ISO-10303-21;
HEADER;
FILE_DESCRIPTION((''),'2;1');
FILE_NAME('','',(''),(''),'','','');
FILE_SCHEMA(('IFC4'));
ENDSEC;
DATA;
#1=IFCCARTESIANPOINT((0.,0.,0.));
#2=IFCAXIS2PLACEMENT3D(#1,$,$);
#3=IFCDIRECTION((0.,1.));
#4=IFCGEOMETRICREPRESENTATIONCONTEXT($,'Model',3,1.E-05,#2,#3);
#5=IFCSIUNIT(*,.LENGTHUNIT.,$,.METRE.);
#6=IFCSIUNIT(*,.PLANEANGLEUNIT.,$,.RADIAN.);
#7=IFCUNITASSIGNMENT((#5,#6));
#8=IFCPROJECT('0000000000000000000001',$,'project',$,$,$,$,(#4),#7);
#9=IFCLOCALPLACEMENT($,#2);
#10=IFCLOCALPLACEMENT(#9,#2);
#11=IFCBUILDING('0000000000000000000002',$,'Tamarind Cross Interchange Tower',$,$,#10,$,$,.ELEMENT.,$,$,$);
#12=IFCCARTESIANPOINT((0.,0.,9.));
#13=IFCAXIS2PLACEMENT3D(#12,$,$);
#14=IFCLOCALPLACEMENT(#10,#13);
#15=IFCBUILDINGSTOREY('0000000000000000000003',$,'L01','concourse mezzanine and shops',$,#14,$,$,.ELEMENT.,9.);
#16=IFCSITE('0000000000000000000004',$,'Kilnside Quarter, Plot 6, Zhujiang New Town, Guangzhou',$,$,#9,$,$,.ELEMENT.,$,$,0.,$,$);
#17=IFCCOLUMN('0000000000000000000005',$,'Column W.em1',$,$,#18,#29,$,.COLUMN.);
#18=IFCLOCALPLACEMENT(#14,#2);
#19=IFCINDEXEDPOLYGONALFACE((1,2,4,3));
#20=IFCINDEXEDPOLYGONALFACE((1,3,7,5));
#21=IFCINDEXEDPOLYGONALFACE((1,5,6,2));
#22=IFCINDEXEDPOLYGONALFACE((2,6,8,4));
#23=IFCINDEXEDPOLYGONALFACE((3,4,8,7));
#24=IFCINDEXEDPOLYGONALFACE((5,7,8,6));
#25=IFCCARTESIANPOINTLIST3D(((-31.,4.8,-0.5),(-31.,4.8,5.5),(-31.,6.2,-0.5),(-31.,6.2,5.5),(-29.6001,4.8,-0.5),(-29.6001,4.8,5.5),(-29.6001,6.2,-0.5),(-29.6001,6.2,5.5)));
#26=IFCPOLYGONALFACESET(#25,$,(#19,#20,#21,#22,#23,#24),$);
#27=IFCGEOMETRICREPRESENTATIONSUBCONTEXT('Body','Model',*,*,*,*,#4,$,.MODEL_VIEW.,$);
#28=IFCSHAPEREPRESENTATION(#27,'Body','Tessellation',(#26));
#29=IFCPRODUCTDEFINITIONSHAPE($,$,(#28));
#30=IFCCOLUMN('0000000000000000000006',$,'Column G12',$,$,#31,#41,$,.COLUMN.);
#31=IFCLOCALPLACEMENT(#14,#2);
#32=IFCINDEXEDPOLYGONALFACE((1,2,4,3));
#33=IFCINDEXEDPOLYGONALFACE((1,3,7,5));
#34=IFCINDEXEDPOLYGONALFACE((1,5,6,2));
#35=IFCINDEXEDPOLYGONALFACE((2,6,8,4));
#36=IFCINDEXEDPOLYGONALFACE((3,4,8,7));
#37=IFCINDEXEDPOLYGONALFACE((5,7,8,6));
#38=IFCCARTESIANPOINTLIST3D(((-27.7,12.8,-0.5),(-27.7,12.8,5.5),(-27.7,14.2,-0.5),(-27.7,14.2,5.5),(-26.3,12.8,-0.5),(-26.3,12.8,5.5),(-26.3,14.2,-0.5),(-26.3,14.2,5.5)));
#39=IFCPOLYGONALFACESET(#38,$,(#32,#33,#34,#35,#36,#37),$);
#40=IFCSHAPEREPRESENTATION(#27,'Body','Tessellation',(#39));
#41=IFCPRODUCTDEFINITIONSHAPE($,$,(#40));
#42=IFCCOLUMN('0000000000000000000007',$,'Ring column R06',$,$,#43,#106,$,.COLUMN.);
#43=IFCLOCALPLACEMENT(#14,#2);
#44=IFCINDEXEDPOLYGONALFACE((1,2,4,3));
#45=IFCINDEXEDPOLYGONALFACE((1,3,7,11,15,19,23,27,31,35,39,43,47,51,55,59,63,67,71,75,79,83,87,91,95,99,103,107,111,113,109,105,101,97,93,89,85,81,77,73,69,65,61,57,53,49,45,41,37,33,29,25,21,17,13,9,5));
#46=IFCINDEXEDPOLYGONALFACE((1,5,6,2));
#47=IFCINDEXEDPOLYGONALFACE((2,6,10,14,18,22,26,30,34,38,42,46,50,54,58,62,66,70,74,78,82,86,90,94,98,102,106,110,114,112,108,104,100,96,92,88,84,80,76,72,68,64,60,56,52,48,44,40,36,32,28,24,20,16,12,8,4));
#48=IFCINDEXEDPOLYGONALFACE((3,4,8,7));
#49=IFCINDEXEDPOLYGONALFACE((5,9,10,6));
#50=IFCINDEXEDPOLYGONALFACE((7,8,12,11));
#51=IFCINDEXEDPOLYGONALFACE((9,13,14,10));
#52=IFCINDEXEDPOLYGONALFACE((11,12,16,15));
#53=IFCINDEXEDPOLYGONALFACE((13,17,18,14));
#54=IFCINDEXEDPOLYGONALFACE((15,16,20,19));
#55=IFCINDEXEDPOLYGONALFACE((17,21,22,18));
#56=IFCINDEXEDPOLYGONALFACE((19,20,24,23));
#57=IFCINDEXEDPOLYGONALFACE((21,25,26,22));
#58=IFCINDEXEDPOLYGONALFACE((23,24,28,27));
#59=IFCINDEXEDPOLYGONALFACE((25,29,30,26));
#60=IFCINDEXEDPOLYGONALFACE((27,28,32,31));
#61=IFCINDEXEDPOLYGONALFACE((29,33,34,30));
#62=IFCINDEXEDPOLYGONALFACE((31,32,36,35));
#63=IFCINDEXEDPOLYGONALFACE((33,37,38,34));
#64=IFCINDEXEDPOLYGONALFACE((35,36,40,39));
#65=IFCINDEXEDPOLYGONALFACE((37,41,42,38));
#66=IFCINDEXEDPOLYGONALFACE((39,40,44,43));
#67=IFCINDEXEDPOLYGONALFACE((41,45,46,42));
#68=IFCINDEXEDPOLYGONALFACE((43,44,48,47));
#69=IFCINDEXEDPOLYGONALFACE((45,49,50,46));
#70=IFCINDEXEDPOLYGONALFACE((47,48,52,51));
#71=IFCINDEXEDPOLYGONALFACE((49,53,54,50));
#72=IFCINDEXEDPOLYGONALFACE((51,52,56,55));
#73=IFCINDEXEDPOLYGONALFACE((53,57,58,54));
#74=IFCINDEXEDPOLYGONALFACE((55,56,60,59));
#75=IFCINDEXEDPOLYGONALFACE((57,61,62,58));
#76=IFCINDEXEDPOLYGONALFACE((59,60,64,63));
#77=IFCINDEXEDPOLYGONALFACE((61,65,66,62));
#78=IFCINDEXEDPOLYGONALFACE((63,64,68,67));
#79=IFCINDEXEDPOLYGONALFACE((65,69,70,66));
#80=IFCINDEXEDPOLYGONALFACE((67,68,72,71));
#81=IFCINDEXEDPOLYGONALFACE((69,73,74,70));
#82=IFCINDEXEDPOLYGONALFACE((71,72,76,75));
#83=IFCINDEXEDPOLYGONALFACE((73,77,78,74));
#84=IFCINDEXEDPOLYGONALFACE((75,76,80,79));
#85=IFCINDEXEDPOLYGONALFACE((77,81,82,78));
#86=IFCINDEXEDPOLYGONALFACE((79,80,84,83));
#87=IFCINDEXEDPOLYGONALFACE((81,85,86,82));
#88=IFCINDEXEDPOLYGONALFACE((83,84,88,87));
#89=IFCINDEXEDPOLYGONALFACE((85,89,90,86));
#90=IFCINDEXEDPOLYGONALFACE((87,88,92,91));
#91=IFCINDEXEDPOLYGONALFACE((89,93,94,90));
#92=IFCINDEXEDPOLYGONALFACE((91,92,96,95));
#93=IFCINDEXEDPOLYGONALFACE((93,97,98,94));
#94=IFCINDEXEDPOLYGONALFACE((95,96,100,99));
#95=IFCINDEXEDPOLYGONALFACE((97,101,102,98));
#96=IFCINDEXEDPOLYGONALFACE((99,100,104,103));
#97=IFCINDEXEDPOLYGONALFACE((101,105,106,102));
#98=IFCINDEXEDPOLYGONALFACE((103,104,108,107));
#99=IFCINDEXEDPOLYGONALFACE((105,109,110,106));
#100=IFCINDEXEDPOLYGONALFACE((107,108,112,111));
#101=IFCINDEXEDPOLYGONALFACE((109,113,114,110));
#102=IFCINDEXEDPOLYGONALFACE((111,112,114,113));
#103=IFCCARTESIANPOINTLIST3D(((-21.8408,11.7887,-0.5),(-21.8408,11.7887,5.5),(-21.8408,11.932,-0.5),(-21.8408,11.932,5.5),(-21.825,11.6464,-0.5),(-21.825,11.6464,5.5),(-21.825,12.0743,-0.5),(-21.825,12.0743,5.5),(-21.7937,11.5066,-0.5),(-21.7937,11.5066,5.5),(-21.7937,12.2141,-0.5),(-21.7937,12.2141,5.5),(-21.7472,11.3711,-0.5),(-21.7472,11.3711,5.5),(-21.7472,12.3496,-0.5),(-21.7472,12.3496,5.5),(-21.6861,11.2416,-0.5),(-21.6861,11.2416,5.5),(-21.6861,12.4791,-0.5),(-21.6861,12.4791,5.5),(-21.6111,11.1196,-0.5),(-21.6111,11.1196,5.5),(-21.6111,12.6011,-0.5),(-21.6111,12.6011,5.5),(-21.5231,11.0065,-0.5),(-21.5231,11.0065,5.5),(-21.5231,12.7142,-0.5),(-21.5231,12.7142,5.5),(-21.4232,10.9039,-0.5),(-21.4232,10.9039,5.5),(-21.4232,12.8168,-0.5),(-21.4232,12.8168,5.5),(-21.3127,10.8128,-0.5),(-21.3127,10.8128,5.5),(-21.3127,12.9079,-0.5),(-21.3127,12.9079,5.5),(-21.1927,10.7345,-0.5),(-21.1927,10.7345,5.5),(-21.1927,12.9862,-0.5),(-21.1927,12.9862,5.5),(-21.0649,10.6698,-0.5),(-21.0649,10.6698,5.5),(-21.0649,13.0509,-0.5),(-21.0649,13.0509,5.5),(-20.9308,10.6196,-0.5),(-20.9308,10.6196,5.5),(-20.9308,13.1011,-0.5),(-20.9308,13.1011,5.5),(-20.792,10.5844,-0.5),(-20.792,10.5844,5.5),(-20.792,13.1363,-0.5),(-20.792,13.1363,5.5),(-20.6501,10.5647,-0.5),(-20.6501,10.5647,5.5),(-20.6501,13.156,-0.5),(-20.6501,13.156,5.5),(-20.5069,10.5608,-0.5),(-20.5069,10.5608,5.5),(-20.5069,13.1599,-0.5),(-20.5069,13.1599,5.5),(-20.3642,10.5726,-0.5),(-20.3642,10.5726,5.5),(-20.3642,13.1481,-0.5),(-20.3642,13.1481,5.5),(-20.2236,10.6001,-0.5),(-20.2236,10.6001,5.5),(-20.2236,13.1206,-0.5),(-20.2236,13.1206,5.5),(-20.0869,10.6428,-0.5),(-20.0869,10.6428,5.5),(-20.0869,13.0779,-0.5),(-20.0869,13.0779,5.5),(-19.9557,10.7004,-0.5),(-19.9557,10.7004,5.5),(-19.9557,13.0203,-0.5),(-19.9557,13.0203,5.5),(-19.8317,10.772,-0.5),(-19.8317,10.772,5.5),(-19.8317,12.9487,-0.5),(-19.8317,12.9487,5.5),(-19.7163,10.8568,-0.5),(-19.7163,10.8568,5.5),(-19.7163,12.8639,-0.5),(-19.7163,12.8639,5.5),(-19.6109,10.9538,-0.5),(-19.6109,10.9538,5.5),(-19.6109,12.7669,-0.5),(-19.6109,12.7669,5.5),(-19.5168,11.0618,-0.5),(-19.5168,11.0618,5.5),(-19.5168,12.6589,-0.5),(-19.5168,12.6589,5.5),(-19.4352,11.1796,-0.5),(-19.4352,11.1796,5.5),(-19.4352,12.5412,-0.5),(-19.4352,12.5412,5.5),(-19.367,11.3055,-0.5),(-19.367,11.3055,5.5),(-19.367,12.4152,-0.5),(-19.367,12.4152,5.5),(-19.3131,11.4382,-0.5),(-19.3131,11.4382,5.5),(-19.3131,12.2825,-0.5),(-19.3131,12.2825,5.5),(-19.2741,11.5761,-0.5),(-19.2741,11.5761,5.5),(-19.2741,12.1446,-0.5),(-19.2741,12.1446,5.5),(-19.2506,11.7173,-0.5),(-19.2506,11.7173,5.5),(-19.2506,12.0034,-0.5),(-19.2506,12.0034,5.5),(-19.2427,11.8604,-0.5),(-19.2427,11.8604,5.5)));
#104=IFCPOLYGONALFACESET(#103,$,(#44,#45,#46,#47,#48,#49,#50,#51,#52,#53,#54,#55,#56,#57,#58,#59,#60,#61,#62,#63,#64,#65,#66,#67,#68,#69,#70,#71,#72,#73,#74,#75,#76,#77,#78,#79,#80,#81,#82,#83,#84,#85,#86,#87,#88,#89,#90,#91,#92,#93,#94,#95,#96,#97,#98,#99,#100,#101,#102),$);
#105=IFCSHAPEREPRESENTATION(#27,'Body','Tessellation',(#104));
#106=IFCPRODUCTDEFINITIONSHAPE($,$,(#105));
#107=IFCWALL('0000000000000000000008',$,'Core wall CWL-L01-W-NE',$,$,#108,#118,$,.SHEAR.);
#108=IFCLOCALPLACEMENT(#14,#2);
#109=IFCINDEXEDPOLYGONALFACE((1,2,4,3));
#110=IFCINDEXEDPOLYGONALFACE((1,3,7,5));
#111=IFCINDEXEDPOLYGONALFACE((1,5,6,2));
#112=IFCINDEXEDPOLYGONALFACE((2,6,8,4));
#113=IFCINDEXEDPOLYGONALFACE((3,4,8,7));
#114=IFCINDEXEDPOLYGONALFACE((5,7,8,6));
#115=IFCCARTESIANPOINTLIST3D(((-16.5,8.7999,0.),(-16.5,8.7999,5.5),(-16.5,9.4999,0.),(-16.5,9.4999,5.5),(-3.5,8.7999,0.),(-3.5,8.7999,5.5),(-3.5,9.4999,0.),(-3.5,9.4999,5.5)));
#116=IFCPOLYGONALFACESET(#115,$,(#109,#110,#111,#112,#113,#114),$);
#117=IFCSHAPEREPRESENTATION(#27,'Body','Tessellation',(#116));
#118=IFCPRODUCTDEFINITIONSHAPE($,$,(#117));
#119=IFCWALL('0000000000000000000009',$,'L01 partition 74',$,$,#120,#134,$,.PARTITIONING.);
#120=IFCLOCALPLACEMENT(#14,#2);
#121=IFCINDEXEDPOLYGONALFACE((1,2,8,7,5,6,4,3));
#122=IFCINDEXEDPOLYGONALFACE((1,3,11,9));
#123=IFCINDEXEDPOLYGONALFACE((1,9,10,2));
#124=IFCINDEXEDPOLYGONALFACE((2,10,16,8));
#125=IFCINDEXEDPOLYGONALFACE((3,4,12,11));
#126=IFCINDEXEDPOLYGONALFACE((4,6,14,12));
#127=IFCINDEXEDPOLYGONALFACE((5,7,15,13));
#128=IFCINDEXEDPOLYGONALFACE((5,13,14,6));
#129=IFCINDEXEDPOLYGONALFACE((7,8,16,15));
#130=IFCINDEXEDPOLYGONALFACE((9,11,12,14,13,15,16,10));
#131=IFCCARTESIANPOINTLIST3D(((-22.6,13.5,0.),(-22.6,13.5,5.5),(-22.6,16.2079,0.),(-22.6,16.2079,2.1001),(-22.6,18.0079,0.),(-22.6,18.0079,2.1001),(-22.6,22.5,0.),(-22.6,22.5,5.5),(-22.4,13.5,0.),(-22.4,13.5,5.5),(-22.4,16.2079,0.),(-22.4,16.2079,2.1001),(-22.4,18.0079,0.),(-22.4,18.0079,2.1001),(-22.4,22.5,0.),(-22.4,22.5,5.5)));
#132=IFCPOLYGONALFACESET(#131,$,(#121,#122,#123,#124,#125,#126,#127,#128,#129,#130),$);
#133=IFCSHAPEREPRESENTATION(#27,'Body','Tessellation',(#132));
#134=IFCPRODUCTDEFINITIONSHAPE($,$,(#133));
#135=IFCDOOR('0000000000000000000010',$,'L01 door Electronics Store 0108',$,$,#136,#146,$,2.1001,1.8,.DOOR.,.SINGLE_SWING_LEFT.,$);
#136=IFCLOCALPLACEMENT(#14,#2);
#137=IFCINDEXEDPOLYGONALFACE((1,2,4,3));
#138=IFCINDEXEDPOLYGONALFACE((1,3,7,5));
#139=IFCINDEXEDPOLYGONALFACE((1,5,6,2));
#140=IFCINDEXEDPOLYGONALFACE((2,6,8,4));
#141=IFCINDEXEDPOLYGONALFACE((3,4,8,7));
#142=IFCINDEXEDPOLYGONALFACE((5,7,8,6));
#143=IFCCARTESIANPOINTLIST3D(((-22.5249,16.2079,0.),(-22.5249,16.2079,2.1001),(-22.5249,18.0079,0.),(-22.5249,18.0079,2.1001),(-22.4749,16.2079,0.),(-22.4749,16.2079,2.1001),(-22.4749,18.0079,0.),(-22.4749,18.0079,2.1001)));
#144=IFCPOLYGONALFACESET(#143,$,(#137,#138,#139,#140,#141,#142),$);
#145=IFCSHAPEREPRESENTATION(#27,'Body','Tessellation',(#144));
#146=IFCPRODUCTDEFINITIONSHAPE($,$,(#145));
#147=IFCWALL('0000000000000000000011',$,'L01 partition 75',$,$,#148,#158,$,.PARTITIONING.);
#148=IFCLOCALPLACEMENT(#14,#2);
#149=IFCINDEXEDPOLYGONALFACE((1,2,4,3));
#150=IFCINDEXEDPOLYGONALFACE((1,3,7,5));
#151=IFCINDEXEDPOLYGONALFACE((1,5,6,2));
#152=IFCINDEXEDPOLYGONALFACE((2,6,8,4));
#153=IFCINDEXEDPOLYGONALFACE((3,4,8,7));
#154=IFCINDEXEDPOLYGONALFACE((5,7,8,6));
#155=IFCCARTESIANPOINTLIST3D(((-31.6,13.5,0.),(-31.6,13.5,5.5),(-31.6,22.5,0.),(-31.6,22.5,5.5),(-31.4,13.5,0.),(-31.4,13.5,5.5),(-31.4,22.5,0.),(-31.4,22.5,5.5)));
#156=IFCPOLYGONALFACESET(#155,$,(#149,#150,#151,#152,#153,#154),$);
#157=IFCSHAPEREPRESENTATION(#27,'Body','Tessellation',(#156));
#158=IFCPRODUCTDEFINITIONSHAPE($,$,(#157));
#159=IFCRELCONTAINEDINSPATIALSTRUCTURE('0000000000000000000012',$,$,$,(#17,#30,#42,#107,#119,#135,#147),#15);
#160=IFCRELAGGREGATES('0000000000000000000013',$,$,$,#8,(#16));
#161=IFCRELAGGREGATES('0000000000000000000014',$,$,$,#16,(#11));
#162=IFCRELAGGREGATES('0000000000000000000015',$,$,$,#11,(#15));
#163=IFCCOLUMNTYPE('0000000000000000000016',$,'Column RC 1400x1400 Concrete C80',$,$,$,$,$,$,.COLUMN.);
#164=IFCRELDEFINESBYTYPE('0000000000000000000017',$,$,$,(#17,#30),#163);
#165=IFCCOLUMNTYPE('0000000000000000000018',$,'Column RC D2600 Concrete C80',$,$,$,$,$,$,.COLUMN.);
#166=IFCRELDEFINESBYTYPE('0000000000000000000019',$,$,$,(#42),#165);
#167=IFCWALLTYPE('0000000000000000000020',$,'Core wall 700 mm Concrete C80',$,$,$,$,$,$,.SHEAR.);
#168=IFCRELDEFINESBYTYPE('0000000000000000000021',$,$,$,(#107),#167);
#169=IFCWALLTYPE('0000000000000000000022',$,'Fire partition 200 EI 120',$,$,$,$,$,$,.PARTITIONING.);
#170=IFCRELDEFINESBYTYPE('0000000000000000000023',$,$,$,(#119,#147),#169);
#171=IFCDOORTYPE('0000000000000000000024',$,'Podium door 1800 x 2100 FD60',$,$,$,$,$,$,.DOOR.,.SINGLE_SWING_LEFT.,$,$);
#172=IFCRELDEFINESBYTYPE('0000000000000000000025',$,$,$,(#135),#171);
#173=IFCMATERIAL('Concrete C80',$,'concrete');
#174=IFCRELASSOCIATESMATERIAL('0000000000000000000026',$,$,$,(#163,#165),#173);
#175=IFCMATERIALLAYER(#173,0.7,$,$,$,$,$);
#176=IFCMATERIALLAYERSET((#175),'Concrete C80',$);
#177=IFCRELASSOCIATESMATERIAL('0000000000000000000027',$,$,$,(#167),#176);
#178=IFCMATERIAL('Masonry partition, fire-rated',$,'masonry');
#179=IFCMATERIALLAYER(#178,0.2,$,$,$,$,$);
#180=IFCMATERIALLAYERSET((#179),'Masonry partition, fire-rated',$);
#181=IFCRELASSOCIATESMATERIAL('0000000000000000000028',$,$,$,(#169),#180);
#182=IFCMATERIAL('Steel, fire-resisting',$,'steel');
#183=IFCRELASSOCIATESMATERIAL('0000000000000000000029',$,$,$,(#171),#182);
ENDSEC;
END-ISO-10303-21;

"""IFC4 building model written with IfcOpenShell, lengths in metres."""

from ifc_helpers import new_model, si_unit, direction, frame, frame_2d, origin, origin_2d, place, context, subcontext, project, spatial, rectangle, circle, extrude, material, layer, layer_set, material_profile, profile_set, type_object, element, fill, save


model = new_model("IFC4")

# Units and contexts
model_context = context("Model", 3, precision=1e-05, world=origin(), true_north=direction((0.0, 1.0)))
body_context = subcontext(model_context, "Body", "Model", "MODEL_VIEW")
ifc_project = project(units=[si_unit("LENGTHUNIT", "METRE"), si_unit("PLANEANGLEUNIT", "RADIAN")], contexts=[model_context])

# Site, building, storey
site_placement = place(None, origin())
site = spatial("IfcSite", under=ifc_project, at=site_placement, Name="Kilnside Quarter, Plot 6, Zhujiang New Town, Guangzhou", CompositionType="ELEMENT", RefElevation=0.0)
building_placement = place(site_placement, origin())
building = spatial("IfcBuilding", under=site, at=building_placement, Name="Tamarind Cross Interchange Tower", CompositionType="ELEMENT")
storey_placement = place(building_placement, frame((0.0, 0.0, 9.0)))
storey = spatial("IfcBuildingStorey", under=building, at=storey_placement, Name="L01", Description="concourse mezzanine and shops", CompositionType="ELEMENT", Elevation=9.0)

# Columns
ifc_material_1 = material(Name="Concrete C80", Category="concrete")
ifc_material_profile_1 = material_profile(ifc_material_1, rectangle(XDim=1.3999, YDim=1.3999, at=origin_2d()), Name="RC 1400x1400")
ifc_profile_set_1 = profile_set([ifc_material_profile_1], Name="Concrete C80")
column_type_1 = type_object("IfcColumnType", Name="Column RC 1400x1400 Concrete C80", PredefinedType="COLUMN", material=ifc_profile_set_1)
for number, where, z_axis, x_axis, name in (
    (1, (-30.3, 5.5, -0.5), (0.0, 0.0, 1.0), (1.0, 0.0, 0.0), "Column W.em1"),
    (2, (-27.0, 13.5, -0.5), (0.0, 0.0, 1.0), (1.0, 0.0, 0.0), "Column G12"),
):
    element("IfcColumn", number, at=place(storey_placement, frame(where, z_axis=z_axis, x_axis=x_axis)), inside=storey, type_object=column_type_1, Name=name, PredefinedType="COLUMN", context=body_context, shape_type="SweptSolid", body=[
        extrude(rectangle(XDim=1.3999, YDim=1.3999, at=origin_2d()), origin(), (0.0, 0.0, 1.0), 6.0),
    ])
ifc_material_profile_2 = material_profile(ifc_material_1, circle(Radius=1.3, at=origin_2d()), Name="RC D2600")
ifc_profile_set_2 = profile_set([ifc_material_profile_2], Name="Concrete C80")
column_type_2 = type_object("IfcColumnType", Name="Column RC D2600 Concrete C80", PredefinedType="COLUMN", material=ifc_profile_set_2)
column_placement = place(storey_placement, frame((-20.5427, 11.8604, -0.5), z_axis=(0.0, 0.0, 1.0), x_axis=(1.0, 0.0, 0.0)))
element("IfcColumn", 3, at=column_placement, inside=storey, type_object=column_type_2, Name="Ring column R06", PredefinedType="COLUMN", context=body_context, shape_type="SweptSolid", body=[
    extrude(circle(Radius=1.3, at=origin_2d()), origin(), (0.0, 0.0, 1.0), 6.0),
])

# Wall
ifc_layer_1 = layer(ifc_material_1, 0.7)
ifc_layer_set_1 = layer_set([ifc_layer_1], Name="Concrete C80")
wall_type_1 = type_object("IfcWallType", Name="Core wall 700 mm Concrete C80", PredefinedType="SHEAR", material=ifc_layer_set_1)
wall_1_placement = place(storey_placement, frame((-16.5, 9.1499, 0.0), z_axis=(0.0, 0.0, 1.0), x_axis=(1.0, 0.0, 0.0)))
element("IfcWall", 4, at=wall_1_placement, inside=storey, type_object=wall_type_1, Name="Core wall CWL-L01-W-NE", PredefinedType="SHEAR", context=body_context, shape_type="SweptSolid", body=[
    extrude(rectangle(XDim=13.0, YDim=0.7, at=frame_2d((6.5, 0.0))), origin(), (0.0, 0.0, 1.0), 5.5),
])

# Wall, opening, door
ifc_material_2 = material(Name="Masonry partition, fire-rated", Category="masonry")
ifc_layer_2 = layer(ifc_material_2, 0.2)
ifc_layer_set_2 = layer_set([ifc_layer_2], Name="Masonry partition, fire-rated")
wall_type_2 = type_object("IfcWallType", Name="Fire partition 200 EI 120", PredefinedType="PARTITIONING", material=ifc_layer_set_2)
wall_2_placement = place(storey_placement, frame((-22.5, 13.5, 0.0), z_axis=(0.0, 0.0, 1.0), x_axis=(0.0, 1.0, 0.0)))
wall_2 = element("IfcWall", 5, at=wall_2_placement, inside=storey, type_object=wall_type_2, Name="L01 partition 74", PredefinedType="PARTITIONING", context=body_context, shape_type="SweptSolid", body=[
    extrude(rectangle(XDim=9.0, YDim=0.2, at=frame_2d((4.5, 0.0))), origin(), (0.0, 0.0, 1.0), 5.5),
])
opening_1_placement = place(wall_2_placement, frame((2.708, 0.0, 0.0)))
opening_1 = element("IfcOpeningElement", 6, at=opening_1_placement, cuts=wall_2, PredefinedType="OPENING", context=body_context, shape_type="SweptSolid", body=[
    extrude(rectangle(XDim=1.8, YDim=2.1001, at=frame_2d((0.8999, 1.05))), frame((0.0, 0.1099, 0.0), z_axis=(0.0, -1.0, 0.0), x_axis=(1.0, 0.0, 0.0)), (0.0, 0.0, 1.0), 0.22),
])
ifc_material_3 = material(Name="Steel, fire-resisting", Category="steel")
door_type_1 = type_object("IfcDoorType", Name="Podium door 1800 x 2100 FD60", OperationType="SINGLE_SWING_LEFT", PredefinedType="DOOR", material=ifc_material_3)
door_1_placement = place(opening_1_placement, origin())
door_1 = element("IfcDoor", 7, at=door_1_placement, inside=storey, type_object=door_type_1, Name="L01 door Electronics Store 0108", OperationType="SINGLE_SWING_LEFT", OverallHeight=2.1001, OverallWidth=1.8, PredefinedType="DOOR", context=body_context, shape_type="SweptSolid", body=[
    extrude(rectangle(XDim=1.8, YDim=2.1001, at=frame_2d((0.8999, 1.05))), frame((0.0, 0.0249, 0.0), z_axis=(0.0, -1.0, 0.0), x_axis=(1.0, 0.0, 0.0)), (0.0, 0.0, 1.0), 0.05),
])
fill(opening_1, door_1)

# Wall
wall_3_placement = place(storey_placement, frame((-31.5, 13.5, 0.0), z_axis=(0.0, 0.0, 1.0), x_axis=(0.0, 1.0, 0.0)))
element("IfcWall", 8, at=wall_3_placement, inside=storey, type_object=wall_type_2, Name="L01 partition 75", PredefinedType="PARTITIONING", context=body_context, shape_type="SweptSolid", body=[
    extrude(rectangle(XDim=9.0, YDim=0.2, at=frame_2d((4.5, 0.0))), origin(), (0.0, 0.0, 1.0), 5.5),
])

save(model, "model.ifc")
